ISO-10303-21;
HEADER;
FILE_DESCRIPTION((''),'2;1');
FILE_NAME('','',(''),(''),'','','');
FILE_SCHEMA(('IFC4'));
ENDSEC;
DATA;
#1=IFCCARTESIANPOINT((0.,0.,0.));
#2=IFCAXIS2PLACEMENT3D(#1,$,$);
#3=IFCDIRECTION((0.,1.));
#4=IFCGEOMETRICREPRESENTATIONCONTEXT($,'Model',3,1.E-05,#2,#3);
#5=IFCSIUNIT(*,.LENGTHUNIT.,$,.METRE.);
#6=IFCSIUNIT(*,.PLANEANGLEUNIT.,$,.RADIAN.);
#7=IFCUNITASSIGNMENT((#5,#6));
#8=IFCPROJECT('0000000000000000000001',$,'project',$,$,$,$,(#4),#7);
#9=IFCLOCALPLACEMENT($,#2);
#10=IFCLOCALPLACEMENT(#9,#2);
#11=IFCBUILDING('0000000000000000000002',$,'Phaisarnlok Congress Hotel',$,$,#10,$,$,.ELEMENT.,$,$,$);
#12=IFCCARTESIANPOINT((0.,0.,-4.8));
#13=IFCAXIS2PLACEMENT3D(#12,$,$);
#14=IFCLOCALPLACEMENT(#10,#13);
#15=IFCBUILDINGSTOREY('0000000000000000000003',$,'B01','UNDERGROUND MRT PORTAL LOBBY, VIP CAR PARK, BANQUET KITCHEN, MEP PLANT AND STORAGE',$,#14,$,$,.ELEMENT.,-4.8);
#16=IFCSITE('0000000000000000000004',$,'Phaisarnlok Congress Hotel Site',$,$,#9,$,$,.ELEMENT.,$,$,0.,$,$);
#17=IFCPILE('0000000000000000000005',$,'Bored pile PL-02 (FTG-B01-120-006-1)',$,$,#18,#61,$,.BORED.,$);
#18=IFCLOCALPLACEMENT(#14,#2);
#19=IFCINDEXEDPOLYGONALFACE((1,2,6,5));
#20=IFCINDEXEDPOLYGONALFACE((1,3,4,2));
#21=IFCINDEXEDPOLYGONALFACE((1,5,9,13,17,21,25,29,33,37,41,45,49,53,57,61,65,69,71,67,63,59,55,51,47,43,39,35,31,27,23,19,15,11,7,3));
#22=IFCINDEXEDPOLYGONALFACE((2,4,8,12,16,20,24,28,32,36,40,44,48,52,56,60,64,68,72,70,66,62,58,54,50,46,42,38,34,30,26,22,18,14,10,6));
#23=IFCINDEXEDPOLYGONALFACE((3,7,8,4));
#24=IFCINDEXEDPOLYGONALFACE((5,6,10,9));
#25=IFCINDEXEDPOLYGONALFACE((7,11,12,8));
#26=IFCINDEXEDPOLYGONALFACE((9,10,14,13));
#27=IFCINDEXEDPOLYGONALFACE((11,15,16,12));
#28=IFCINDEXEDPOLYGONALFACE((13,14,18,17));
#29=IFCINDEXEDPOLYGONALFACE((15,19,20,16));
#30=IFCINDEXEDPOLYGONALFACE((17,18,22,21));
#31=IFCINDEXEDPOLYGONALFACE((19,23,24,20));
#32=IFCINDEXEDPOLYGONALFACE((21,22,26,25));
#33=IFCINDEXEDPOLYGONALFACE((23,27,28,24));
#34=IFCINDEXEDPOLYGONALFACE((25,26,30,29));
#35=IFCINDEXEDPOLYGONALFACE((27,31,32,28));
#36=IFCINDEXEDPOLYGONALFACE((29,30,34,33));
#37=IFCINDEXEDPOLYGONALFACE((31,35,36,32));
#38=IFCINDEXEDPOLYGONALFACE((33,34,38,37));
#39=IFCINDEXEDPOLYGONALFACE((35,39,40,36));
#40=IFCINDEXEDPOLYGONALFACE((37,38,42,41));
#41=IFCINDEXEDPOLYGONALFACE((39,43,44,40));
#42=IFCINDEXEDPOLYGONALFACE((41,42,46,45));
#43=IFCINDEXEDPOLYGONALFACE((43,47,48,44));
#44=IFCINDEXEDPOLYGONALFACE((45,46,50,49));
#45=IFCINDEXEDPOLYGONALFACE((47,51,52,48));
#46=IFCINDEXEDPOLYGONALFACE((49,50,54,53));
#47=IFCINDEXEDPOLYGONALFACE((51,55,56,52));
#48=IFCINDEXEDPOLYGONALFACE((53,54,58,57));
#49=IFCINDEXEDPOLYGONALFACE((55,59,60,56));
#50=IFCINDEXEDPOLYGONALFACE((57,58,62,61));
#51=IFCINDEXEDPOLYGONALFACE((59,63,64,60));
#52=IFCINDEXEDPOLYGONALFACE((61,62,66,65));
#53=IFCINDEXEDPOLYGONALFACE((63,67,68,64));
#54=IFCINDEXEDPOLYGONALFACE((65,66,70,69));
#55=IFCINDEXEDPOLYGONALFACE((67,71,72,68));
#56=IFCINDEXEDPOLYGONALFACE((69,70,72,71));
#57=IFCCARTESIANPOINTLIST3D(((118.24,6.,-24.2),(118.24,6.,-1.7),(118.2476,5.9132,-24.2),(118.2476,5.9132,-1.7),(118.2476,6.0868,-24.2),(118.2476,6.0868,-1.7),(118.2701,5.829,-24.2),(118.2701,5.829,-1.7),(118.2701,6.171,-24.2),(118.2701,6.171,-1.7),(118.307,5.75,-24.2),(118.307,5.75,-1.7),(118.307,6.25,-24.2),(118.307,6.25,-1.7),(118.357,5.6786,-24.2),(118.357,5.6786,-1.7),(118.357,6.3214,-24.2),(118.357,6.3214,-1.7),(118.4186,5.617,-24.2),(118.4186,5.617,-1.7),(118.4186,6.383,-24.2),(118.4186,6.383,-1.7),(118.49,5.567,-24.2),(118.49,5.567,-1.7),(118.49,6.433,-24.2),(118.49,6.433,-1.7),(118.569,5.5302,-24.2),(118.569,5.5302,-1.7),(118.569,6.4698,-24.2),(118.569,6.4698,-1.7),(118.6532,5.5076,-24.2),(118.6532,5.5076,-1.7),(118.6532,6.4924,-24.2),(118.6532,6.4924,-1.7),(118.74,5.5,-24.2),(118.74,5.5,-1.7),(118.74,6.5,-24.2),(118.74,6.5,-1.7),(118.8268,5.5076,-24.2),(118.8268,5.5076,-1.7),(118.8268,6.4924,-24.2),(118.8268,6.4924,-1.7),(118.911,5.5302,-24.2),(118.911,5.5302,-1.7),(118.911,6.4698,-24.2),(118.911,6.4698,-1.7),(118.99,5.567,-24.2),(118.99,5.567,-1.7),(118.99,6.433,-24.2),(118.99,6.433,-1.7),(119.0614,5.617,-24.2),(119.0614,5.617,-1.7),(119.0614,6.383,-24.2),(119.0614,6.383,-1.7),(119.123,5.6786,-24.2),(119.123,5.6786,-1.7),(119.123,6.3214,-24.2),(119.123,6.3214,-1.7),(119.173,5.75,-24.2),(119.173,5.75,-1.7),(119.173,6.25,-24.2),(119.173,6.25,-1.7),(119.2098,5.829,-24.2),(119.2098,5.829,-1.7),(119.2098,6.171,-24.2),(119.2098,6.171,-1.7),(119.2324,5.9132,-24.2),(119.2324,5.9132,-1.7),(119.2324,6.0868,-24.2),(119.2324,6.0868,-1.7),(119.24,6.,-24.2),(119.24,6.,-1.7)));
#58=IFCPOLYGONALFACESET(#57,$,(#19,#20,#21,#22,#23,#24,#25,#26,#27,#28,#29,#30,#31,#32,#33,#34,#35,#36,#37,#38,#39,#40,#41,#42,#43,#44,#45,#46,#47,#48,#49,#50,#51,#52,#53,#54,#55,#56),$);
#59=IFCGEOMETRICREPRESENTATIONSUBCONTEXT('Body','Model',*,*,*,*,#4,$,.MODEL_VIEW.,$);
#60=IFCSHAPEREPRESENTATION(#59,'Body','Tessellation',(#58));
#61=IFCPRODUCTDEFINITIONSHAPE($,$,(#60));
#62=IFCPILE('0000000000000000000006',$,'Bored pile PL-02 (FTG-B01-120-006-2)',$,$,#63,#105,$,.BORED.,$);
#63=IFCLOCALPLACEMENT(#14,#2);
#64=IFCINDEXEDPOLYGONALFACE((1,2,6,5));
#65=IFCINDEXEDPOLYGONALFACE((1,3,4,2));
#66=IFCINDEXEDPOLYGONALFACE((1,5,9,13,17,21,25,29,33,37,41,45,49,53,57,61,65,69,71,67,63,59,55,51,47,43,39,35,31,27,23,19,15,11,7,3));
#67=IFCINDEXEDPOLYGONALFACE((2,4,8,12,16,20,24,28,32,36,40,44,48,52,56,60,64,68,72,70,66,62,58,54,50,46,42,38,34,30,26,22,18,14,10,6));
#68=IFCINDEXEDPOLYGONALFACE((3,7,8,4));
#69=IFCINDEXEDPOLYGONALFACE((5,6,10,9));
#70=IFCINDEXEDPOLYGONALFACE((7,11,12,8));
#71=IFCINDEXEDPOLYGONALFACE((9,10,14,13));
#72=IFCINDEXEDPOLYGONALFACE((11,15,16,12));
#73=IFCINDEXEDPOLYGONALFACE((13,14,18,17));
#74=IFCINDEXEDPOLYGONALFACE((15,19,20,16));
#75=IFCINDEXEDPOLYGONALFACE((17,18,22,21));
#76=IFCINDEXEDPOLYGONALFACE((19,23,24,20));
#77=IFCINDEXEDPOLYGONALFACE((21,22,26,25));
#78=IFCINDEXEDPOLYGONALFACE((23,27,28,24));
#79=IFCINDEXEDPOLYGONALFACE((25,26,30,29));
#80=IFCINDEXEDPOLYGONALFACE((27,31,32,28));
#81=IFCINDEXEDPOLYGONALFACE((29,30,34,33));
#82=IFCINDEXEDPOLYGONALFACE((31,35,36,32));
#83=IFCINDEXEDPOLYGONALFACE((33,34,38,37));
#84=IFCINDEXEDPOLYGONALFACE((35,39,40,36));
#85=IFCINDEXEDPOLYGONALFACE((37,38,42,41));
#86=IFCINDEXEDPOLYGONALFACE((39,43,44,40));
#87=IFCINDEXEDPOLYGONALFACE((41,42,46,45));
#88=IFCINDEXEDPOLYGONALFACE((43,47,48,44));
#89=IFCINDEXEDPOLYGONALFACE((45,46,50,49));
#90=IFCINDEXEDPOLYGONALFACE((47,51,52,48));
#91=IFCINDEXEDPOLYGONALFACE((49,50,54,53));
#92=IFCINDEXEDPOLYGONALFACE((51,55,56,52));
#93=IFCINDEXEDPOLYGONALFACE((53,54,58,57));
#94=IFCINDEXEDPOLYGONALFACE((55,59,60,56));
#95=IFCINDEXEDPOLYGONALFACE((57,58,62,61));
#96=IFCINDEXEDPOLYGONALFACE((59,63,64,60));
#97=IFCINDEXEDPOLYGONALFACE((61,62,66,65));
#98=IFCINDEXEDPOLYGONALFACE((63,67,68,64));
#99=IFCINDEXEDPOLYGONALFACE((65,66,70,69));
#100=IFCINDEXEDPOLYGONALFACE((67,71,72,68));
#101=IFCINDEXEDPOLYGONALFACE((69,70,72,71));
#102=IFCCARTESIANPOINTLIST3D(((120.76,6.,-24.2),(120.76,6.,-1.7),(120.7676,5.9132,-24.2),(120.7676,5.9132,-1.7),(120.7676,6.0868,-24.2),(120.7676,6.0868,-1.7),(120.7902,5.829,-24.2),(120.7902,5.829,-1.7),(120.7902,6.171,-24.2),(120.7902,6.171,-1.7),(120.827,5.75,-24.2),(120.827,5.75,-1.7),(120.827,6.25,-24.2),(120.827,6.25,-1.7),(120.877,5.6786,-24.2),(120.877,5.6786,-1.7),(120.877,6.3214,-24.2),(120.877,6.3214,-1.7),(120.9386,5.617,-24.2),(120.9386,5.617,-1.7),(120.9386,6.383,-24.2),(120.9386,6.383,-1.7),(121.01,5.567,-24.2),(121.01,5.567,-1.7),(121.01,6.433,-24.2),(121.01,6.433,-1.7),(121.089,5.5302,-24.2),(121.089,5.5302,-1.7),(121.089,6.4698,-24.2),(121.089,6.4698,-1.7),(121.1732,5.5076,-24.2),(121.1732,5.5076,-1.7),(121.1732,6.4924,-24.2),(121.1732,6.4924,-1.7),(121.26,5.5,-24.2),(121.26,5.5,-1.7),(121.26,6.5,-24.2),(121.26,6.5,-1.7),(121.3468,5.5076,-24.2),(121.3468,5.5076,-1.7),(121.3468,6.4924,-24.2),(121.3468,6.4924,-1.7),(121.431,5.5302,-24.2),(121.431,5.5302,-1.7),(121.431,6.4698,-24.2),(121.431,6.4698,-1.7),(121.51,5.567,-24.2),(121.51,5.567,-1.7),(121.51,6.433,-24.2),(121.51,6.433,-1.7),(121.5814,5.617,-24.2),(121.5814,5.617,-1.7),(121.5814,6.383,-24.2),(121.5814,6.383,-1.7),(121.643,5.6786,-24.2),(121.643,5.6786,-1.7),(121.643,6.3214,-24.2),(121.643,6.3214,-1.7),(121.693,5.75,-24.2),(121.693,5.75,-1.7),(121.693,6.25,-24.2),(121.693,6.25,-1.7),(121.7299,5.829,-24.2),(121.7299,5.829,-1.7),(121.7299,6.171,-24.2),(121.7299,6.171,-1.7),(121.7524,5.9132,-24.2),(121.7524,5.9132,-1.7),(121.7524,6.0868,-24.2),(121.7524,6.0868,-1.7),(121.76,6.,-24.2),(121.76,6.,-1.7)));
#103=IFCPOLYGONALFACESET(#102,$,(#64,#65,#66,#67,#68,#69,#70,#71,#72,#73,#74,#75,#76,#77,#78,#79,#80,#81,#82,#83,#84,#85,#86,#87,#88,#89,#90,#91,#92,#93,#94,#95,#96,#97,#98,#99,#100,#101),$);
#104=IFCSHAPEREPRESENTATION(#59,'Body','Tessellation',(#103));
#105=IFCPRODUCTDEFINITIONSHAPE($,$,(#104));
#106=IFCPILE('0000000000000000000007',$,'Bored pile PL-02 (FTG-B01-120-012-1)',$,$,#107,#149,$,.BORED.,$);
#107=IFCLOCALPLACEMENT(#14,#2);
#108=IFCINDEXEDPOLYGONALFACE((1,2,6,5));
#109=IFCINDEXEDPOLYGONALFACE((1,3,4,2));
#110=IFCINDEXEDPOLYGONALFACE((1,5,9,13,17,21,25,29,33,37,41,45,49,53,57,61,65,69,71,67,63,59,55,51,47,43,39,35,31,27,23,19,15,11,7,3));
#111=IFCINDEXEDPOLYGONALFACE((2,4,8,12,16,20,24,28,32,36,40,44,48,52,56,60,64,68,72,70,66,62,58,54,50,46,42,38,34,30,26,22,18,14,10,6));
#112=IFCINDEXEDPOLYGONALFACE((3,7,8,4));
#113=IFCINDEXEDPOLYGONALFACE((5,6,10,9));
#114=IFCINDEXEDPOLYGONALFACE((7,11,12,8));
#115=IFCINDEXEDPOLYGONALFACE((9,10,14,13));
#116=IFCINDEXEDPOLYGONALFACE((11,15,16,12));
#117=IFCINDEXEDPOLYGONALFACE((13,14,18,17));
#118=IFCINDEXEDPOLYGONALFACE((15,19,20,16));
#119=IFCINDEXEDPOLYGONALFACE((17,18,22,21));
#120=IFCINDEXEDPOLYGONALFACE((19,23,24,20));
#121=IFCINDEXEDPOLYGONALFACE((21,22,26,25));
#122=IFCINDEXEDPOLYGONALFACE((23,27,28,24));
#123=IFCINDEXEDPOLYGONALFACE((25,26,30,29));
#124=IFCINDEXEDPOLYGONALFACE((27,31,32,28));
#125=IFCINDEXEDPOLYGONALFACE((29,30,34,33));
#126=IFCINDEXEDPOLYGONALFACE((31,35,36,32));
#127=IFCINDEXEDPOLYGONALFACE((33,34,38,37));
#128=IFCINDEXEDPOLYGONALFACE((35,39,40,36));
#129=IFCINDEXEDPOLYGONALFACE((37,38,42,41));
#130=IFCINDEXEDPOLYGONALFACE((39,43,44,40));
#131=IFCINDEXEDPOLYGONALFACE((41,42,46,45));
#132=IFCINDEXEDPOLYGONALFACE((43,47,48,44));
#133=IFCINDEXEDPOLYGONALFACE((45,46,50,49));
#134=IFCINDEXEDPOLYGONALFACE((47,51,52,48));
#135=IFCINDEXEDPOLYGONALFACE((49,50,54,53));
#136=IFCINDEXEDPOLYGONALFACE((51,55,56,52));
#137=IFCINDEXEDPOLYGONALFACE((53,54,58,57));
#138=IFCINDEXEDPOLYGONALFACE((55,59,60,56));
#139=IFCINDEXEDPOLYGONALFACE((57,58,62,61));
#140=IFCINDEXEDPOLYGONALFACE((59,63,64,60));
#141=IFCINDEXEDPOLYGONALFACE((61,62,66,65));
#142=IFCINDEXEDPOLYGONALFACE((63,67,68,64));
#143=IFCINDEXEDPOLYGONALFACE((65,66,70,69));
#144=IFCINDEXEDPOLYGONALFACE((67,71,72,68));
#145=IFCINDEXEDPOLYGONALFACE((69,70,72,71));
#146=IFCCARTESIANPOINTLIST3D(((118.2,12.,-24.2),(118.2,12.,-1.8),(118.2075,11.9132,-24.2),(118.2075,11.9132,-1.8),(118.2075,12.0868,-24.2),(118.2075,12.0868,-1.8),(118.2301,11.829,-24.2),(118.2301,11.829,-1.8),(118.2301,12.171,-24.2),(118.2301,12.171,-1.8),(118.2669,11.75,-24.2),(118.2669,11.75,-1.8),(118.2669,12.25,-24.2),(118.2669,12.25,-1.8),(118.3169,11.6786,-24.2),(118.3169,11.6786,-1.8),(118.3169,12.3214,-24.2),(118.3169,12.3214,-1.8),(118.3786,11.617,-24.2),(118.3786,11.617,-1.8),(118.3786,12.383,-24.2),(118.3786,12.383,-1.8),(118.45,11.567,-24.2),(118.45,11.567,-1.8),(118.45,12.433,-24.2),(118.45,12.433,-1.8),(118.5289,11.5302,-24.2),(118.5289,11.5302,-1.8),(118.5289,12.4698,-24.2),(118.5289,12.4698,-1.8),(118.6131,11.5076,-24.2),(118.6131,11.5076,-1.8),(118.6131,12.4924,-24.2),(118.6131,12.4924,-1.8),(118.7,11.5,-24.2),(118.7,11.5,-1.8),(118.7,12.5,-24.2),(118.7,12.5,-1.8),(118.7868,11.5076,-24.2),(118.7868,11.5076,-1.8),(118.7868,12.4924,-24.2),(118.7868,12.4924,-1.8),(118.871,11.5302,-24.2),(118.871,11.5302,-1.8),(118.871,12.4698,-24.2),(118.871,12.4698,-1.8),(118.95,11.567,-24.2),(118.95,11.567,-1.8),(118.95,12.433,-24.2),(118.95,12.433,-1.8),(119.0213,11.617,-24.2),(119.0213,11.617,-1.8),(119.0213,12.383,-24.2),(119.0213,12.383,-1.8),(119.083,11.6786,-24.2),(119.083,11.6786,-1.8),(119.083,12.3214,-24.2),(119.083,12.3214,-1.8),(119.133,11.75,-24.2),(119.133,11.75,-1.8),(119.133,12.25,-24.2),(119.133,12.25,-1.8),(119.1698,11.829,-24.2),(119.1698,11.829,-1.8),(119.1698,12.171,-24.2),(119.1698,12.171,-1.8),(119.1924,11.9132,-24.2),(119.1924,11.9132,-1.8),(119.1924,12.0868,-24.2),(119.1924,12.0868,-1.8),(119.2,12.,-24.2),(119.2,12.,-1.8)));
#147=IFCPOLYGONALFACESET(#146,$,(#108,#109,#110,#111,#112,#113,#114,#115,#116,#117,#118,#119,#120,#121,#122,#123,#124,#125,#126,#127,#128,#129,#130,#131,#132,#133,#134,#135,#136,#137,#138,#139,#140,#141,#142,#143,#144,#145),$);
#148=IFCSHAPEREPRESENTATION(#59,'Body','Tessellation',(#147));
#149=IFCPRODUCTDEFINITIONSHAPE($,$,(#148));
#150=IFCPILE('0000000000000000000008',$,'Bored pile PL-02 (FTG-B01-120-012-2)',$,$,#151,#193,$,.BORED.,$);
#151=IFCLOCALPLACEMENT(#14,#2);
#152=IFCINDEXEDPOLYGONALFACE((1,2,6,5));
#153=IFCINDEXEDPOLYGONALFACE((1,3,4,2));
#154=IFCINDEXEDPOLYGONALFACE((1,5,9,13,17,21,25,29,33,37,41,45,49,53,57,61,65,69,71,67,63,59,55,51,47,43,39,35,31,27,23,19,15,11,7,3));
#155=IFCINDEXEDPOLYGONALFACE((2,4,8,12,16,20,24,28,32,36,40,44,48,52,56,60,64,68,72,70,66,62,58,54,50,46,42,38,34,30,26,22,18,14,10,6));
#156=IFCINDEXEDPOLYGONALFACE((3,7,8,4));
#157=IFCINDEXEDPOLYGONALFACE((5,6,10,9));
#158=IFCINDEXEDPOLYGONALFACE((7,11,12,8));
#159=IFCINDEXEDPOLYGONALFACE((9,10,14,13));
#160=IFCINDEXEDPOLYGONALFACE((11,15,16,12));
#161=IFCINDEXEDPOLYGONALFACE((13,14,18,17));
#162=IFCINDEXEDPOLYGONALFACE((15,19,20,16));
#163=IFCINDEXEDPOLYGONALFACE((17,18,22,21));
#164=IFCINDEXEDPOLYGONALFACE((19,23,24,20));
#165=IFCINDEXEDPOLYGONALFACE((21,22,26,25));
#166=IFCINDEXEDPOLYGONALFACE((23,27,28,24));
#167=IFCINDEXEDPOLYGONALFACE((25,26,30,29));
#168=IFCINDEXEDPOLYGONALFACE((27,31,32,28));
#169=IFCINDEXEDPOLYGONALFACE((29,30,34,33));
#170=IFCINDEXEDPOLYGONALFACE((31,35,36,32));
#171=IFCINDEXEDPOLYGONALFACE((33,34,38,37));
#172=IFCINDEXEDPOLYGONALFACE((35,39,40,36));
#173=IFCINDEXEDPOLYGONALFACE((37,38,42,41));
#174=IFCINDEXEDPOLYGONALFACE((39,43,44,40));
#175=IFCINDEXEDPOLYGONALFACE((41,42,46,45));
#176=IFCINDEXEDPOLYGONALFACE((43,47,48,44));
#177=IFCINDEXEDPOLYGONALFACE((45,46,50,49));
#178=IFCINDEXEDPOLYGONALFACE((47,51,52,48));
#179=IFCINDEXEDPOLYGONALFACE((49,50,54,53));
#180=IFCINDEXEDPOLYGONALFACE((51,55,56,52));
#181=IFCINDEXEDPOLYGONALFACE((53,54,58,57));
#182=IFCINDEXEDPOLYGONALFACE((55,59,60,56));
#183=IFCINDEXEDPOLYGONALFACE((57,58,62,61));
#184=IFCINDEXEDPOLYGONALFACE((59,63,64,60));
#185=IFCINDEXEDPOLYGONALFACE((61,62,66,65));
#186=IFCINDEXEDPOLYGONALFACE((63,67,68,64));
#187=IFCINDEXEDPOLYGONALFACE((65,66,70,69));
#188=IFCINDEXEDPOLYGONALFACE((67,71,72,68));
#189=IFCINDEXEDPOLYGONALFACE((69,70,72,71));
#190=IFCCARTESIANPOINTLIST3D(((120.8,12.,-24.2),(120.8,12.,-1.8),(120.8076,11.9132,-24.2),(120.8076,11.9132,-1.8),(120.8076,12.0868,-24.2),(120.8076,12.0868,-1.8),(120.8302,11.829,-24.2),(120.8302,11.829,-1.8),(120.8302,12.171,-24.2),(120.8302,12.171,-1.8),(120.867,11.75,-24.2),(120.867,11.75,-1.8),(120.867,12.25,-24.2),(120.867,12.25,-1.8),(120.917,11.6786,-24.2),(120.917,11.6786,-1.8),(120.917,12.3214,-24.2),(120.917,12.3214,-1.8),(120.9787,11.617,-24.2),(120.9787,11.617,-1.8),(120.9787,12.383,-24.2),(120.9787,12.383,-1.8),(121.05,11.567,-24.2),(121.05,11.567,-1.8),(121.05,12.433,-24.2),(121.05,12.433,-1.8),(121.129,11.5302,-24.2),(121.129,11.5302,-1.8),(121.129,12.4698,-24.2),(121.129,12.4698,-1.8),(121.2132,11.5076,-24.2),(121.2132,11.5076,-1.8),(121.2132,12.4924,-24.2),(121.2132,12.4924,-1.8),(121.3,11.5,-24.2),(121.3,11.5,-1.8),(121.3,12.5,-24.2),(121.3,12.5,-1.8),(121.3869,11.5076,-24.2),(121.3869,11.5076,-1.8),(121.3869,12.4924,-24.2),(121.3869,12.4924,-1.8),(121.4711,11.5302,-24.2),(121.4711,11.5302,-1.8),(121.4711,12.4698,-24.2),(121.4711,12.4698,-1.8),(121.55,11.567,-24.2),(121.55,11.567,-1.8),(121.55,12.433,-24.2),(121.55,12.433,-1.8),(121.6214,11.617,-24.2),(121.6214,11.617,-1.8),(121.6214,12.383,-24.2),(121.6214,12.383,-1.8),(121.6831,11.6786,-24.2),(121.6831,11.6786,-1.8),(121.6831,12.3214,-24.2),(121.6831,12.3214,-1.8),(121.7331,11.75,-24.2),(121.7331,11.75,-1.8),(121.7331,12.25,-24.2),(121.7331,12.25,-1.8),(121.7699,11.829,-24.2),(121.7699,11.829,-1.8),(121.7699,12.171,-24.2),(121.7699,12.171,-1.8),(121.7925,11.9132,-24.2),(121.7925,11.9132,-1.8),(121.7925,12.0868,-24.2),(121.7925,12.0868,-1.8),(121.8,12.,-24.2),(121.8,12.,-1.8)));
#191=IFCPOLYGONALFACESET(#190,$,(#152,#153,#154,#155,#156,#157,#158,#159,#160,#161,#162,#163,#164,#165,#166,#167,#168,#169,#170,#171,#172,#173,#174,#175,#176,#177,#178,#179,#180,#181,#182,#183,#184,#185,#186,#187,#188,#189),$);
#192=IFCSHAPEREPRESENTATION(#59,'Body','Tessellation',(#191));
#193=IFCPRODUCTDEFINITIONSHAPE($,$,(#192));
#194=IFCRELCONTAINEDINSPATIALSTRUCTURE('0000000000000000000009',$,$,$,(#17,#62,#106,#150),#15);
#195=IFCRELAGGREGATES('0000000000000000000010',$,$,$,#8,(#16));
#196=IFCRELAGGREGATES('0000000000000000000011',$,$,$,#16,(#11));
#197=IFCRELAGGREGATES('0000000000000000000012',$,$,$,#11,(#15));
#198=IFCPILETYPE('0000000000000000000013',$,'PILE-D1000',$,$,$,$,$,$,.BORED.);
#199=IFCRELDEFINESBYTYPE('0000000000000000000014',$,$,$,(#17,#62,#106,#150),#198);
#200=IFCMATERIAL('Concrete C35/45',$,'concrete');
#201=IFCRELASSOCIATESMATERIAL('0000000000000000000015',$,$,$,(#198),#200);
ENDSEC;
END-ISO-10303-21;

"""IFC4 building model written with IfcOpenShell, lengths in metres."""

from ifc_helpers import new_model, si_unit, direction, frame, origin, origin_2d, place, context, subcontext, project, spatial, circle, extrude, material, material_profile, profile_set, type_object, element, save


model = new_model("IFC4")

# Units and contexts
model_context = context("Model", 3, precision=1e-05, world=origin(), true_north=direction((0.0, 1.0)))
body_context = subcontext(model_context, "Body", "Model", "MODEL_VIEW")
ifc_project = project(units=[si_unit("LENGTHUNIT", "METRE"), si_unit("PLANEANGLEUNIT", "RADIAN")], contexts=[model_context])

# Site, building, storey
site_placement = place(None, origin())
site = spatial("IfcSite", under=ifc_project, at=site_placement, Name="Phaisarnlok Congress Hotel Site", CompositionType="ELEMENT", RefElevation=0.0)
building_placement = place(site_placement, origin())
building = spatial("IfcBuilding", under=site, at=building_placement, Name="Phaisarnlok Congress Hotel", CompositionType="ELEMENT")
storey_placement = place(building_placement, frame((0.0, 0.0, -4.8)))
storey = spatial("IfcBuildingStorey", under=building, at=storey_placement, Name="B01", Description="UNDERGROUND MRT PORTAL LOBBY, VIP CAR PARK, BANQUET KITCHEN, MEP PLANT AND STORAGE", CompositionType="ELEMENT", Elevation=-4.8)

# Piles
ifc_material_1 = material(Name="Concrete C35/45", Category="concrete")
ifc_material_profile_1 = material_profile(ifc_material_1, circle(Radius=0.5, at=origin_2d()), Name="BORED PILE D1000")
ifc_profile_set_1 = profile_set([ifc_material_profile_1], Name="Concrete C35/45")
pile_type_1 = type_object("IfcPileType", Name="PILE-D1000", PredefinedType="BORED", material=ifc_profile_set_1)
for number, where, z_axis, x_axis, name in (
    (1, (118.74, 6.0, -1.7), (0.0, 0.0, -1.0), (1.0, 0.0, 0.0), "Bored pile PL-02 (FTG-B01-120-006-1)"),
    (2, (121.26, 6.0, -1.7), (0.0, 0.0, -1.0), (1.0, 0.0, 0.0), "Bored pile PL-02 (FTG-B01-120-006-2)"),
):
    element("IfcPile", number, at=place(storey_placement, frame(where, z_axis=z_axis, x_axis=x_axis)), inside=storey, type_object=pile_type_1, Name=name, PredefinedType="BORED", context=body_context, shape_type="SweptSolid", body=[
        extrude(circle(Radius=0.5, at=origin_2d()), origin(), (0.0, 0.0, 1.0), 22.5),
    ])
for number, where, z_axis, x_axis, name in (
    (3, (118.7, 12.0, -1.8), (0.0, 0.0, -1.0), (1.0, 0.0, 0.0), "Bored pile PL-02 (FTG-B01-120-012-1)"),
    (4, (121.3, 12.0, -1.8), (0.0, 0.0, -1.0), (1.0, 0.0, 0.0), "Bored pile PL-02 (FTG-B01-120-012-2)"),
):
    element("IfcPile", number, at=place(storey_placement, frame(where, z_axis=z_axis, x_axis=x_axis)), inside=storey, type_object=pile_type_1, Name=name, PredefinedType="BORED", context=body_context, shape_type="SweptSolid", body=[
        extrude(circle(Radius=0.5, at=origin_2d()), origin(), (0.0, 0.0, 1.0), 22.3999),
    ])

save(model, "model.ifc")
